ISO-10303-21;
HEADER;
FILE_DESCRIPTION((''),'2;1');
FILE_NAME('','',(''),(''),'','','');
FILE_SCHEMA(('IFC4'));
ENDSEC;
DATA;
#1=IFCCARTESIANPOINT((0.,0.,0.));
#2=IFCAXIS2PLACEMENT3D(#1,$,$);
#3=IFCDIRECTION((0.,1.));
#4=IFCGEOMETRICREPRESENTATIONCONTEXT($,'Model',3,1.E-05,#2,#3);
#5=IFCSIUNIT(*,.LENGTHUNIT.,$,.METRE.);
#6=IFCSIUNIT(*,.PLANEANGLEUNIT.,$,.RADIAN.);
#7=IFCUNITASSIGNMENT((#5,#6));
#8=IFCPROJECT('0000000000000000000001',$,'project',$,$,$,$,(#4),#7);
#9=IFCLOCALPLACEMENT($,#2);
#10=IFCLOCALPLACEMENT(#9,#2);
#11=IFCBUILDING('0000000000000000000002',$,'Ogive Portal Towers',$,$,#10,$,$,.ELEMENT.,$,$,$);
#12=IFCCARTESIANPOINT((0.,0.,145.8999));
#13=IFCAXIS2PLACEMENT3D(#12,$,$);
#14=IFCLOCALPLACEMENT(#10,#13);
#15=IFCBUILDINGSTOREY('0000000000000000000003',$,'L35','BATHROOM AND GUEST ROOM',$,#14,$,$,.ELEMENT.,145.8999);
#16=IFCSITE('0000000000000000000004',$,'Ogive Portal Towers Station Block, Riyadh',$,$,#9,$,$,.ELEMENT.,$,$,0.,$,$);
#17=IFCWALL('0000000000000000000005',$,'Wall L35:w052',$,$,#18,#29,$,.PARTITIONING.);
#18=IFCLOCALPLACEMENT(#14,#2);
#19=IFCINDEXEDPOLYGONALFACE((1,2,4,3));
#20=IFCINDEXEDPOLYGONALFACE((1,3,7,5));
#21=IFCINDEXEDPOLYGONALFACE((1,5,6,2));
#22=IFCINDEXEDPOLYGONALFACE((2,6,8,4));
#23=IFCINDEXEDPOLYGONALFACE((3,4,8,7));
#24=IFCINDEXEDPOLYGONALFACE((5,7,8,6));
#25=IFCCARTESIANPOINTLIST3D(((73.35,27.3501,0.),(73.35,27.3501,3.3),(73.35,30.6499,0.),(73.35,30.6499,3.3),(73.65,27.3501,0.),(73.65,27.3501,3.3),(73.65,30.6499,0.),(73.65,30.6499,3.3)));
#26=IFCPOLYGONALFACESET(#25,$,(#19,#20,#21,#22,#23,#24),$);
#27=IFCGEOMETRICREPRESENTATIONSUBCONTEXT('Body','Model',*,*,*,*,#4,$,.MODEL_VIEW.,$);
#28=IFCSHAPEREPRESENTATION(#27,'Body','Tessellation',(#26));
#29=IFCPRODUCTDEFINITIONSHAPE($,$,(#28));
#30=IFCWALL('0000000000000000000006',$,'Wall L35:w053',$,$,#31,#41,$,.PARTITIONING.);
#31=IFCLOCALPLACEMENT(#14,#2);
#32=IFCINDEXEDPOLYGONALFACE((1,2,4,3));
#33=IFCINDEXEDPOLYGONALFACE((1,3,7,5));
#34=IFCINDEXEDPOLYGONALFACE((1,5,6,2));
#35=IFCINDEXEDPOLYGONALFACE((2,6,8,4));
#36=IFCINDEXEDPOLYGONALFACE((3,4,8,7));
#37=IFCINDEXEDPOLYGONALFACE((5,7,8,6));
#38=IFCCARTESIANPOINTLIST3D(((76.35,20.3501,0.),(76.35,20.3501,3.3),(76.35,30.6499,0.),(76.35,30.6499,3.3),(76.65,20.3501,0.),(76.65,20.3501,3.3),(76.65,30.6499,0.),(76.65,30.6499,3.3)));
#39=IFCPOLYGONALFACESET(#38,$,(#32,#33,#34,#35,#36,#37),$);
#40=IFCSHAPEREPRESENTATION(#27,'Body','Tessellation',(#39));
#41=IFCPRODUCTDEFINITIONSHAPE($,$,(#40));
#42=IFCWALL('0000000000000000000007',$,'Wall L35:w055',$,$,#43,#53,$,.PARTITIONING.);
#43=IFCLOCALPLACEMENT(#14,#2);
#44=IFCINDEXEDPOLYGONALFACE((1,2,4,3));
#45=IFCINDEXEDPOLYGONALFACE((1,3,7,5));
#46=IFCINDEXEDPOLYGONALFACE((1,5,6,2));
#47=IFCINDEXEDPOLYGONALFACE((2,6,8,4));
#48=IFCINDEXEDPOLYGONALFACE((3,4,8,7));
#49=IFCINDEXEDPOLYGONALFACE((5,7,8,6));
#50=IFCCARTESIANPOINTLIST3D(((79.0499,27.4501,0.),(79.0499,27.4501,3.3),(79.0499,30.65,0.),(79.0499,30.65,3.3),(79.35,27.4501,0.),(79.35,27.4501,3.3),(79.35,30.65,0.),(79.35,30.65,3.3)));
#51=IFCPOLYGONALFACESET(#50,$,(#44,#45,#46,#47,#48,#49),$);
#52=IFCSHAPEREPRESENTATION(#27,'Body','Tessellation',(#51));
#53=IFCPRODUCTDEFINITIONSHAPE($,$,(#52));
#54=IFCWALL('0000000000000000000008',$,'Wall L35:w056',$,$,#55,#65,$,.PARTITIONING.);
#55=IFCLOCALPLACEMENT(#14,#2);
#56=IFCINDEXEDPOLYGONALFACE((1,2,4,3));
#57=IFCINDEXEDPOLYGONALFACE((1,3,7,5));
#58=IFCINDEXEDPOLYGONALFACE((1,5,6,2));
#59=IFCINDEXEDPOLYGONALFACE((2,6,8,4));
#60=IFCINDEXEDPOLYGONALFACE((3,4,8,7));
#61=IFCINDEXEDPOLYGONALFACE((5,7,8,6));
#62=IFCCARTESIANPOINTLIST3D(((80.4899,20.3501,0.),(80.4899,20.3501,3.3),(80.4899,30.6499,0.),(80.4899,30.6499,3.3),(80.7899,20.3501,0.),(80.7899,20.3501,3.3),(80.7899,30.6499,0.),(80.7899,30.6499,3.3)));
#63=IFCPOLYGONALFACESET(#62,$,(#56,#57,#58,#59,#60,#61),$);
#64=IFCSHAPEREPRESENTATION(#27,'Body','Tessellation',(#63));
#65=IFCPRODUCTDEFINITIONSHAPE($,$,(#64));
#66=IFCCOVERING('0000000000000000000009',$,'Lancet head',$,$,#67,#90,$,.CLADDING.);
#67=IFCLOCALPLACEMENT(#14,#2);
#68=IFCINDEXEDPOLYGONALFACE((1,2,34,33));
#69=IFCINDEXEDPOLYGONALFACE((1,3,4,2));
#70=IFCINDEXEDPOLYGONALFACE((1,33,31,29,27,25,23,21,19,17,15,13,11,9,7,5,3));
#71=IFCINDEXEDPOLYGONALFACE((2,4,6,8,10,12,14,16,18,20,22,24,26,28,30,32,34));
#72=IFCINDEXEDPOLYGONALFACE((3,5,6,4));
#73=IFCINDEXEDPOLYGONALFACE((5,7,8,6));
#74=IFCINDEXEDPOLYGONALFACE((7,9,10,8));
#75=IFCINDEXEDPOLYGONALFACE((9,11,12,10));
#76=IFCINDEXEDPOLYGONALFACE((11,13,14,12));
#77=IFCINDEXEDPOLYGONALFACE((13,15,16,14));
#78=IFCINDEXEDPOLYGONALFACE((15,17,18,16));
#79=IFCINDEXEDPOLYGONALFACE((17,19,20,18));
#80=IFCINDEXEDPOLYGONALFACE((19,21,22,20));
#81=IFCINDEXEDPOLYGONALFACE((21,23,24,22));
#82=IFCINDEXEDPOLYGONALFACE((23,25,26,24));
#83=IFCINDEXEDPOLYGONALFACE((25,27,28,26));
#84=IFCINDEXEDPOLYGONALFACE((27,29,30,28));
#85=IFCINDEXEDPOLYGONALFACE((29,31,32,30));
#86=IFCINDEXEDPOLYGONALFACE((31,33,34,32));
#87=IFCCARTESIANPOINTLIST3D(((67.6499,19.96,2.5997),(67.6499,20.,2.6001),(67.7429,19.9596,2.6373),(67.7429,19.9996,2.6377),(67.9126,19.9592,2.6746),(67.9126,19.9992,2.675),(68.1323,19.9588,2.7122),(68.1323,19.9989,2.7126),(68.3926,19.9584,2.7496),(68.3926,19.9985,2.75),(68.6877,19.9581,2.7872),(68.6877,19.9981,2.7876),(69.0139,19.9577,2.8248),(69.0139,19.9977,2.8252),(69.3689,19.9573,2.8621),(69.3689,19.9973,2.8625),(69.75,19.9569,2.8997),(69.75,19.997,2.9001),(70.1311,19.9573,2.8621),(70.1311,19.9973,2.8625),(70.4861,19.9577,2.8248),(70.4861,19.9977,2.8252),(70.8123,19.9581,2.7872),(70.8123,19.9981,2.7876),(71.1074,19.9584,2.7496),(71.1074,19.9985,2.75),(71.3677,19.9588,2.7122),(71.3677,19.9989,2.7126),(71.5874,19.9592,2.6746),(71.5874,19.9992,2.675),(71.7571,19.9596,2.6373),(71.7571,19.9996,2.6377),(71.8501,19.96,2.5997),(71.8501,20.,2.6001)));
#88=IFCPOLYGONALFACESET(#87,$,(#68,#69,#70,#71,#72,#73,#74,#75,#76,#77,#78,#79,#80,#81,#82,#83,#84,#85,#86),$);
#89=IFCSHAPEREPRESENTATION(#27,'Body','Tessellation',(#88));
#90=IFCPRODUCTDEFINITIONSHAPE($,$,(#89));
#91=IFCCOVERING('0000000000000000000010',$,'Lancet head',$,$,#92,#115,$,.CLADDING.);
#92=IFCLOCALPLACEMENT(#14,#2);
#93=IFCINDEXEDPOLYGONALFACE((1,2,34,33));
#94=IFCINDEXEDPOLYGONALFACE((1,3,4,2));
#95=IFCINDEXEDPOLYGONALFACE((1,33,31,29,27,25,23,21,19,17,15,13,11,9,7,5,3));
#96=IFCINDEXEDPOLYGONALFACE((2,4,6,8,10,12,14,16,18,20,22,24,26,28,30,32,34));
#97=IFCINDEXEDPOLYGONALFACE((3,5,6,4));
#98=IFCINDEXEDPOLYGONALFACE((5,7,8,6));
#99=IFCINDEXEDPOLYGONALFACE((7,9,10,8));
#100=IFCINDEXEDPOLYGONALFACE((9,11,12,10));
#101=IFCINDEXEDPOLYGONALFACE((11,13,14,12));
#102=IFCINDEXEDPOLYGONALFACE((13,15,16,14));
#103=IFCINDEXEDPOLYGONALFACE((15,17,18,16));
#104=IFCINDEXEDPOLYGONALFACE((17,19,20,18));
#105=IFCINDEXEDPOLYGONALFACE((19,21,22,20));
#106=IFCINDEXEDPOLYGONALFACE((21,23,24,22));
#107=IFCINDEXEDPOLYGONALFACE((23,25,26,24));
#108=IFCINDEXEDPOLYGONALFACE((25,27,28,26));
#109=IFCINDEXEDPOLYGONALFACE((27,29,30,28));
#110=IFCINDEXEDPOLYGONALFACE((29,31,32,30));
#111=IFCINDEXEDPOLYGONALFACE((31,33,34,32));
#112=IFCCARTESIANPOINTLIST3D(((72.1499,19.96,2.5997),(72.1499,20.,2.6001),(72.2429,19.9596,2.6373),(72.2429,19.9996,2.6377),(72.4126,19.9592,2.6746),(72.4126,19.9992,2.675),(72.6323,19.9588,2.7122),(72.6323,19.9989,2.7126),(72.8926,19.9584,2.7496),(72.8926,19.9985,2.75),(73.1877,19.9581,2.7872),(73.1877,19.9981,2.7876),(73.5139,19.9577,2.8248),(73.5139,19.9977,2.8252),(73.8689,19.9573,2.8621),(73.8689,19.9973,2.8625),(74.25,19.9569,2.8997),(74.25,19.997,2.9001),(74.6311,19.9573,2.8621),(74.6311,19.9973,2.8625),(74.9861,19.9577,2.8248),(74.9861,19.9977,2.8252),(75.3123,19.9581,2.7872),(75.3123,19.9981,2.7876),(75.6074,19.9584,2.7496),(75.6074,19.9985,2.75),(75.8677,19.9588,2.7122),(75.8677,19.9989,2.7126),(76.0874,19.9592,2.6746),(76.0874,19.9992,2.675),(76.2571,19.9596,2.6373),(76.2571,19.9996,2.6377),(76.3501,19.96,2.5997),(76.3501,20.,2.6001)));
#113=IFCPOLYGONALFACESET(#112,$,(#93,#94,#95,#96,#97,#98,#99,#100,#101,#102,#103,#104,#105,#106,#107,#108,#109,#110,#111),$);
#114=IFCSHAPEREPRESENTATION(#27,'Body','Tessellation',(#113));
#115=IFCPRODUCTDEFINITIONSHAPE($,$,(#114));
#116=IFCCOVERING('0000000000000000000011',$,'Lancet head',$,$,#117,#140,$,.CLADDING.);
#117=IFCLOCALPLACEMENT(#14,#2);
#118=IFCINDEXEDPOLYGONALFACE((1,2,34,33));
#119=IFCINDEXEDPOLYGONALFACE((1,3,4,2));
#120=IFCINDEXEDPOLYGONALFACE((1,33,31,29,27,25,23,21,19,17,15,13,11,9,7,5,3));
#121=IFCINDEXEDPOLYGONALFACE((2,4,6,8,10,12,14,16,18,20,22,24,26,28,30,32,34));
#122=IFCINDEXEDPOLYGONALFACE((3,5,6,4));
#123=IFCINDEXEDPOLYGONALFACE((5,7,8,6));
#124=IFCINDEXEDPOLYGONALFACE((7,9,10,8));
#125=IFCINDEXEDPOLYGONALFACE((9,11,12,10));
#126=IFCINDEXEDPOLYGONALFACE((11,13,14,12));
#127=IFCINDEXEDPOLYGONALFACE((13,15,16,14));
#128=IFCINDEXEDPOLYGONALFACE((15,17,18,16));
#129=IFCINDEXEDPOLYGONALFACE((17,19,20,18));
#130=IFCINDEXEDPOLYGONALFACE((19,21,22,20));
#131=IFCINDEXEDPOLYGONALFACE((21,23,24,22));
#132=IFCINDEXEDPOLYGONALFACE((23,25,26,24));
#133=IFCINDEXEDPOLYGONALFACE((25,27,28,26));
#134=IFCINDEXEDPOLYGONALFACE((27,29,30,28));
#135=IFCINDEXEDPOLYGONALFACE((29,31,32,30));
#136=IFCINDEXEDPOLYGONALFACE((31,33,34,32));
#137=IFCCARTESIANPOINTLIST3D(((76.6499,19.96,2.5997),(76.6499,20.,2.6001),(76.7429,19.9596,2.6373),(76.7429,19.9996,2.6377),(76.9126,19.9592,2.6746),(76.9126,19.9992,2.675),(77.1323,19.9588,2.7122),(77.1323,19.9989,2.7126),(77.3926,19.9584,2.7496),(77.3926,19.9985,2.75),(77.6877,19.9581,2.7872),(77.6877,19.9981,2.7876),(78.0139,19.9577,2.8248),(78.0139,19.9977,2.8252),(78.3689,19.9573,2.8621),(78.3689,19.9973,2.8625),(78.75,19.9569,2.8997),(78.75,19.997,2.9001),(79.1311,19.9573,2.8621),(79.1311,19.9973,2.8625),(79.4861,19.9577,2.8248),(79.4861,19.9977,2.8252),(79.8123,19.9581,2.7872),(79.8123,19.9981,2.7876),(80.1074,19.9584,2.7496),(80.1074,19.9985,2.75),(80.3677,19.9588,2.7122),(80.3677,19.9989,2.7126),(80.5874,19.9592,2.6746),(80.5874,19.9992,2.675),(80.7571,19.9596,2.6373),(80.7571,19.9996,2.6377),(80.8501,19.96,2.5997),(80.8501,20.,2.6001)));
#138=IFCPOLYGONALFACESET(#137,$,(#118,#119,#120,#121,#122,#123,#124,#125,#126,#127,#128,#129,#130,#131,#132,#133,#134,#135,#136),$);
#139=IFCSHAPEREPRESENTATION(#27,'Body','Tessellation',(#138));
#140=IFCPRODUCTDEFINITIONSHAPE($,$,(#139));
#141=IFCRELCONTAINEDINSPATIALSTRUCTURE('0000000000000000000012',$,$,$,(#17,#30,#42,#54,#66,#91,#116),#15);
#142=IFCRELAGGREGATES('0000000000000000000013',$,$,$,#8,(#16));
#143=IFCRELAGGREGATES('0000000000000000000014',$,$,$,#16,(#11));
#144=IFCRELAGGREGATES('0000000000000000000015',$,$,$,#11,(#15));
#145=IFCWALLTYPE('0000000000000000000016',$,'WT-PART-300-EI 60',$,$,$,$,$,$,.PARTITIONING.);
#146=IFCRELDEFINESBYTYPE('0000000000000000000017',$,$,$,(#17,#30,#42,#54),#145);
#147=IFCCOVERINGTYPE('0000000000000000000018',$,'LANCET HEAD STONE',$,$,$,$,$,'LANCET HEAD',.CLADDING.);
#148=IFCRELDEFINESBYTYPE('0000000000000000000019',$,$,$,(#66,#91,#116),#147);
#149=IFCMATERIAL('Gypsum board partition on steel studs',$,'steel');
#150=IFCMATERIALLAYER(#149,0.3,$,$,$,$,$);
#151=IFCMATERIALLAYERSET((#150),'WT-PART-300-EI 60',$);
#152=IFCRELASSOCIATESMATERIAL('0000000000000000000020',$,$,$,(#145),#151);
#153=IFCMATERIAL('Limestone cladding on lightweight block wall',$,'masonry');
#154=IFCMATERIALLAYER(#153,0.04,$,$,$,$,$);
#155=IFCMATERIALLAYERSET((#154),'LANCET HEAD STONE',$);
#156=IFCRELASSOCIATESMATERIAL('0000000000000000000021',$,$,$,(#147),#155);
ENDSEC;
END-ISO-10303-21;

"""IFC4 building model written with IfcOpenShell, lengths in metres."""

from ifc_helpers import new_model, si_unit, direction, frame, frame_2d, origin, place, context, subcontext, project, spatial, polyline, rectangle, outline, extrude, material, layer, layer_set, type_object, element, save


model = new_model("IFC4")

# Units and contexts
model_context = context("Model", 3, precision=1e-05, world=origin(), true_north=direction((0.0, 1.0)))
body_context = subcontext(model_context, "Body", "Model", "MODEL_VIEW")
ifc_project = project(units=[si_unit("LENGTHUNIT", "METRE"), si_unit("PLANEANGLEUNIT", "RADIAN")], contexts=[model_context])

# Site, building, storey
site_placement = place(None, origin())
site = spatial("IfcSite", under=ifc_project, at=site_placement, Name="Ogive Portal Towers Station Block, Riyadh", CompositionType="ELEMENT", RefElevation=0.0)
building_placement = place(site_placement, origin())
building = spatial("IfcBuilding", under=site, at=building_placement, Name="Ogive Portal Towers", CompositionType="ELEMENT")
storey_placement = place(building_placement, frame((0.0, 0.0, 145.8999)))
storey = spatial("IfcBuildingStorey", under=building, at=storey_placement, Name="L35", Description="BATHROOM AND GUEST ROOM", CompositionType="ELEMENT", Elevation=145.8999)

# Shared definitions
ifc_material_1 = material(Name="Gypsum board partition on steel studs", Category="steel")
ifc_layer_1 = layer(ifc_material_1, 0.3)
ifc_layer_set_1 = layer_set([ifc_layer_1], Name="WT-PART-300-EI 60")
wall_type = type_object("IfcWallType", Name="WT-PART-300-EI 60", PredefinedType="PARTITIONING", material=ifc_layer_set_1)

# Walls
for number, where, z_axis, x_axis, name in (
    (1, (73.5, 27.3501, 0.0), (0.0, 0.0, 1.0), (0.0, 1.0, 0.0), "Wall L35:w052"),
):
    element("IfcWall", number, at=place(storey_placement, frame(where, z_axis=z_axis, x_axis=x_axis)), inside=storey, type_object=wall_type, Name=name, PredefinedType="PARTITIONING", context=body_context, shape_type="SweptSolid", body=[
        extrude(rectangle(XDim=3.2998, YDim=0.3, at=frame_2d((1.6499, 0.0))), origin(), (0.0, 0.0, 1.0), 3.3),
    ])
wall_1_placement = place(storey_placement, frame((76.5, 20.3501, 0.0), z_axis=(0.0, 0.0, 1.0), x_axis=(0.0, 1.0, 0.0)))
element("IfcWall", 2, at=wall_1_placement, inside=storey, type_object=wall_type, Name="Wall L35:w053", PredefinedType="PARTITIONING", context=body_context, shape_type="SweptSolid", body=[
    extrude(rectangle(XDim=10.2998, YDim=0.3, at=frame_2d((5.1499, 0.0))), origin(), (0.0, 0.0, 1.0), 3.3),
])
wall_2_placement = place(storey_placement, frame((79.2, 27.45, 0.0), z_axis=(0.0, 0.0, 1.0), x_axis=(0.0, 1.0, 0.0)))
element("IfcWall", 3, at=wall_2_placement, inside=storey, type_object=wall_type, Name="Wall L35:w055", PredefinedType="PARTITIONING", context=body_context, shape_type="SweptSolid", body=[
    extrude(rectangle(XDim=3.2, YDim=0.3, at=frame_2d((1.6001, 0.0))), origin(), (0.0, 0.0, 1.0), 3.3),
])
wall_3_placement = place(storey_placement, frame((80.6399, 20.3501, 0.0), z_axis=(0.0, 0.0, 1.0), x_axis=(0.0, 1.0, 0.0)))
element("IfcWall", 4, at=wall_3_placement, inside=storey, type_object=wall_type, Name="Wall L35:w056", PredefinedType="PARTITIONING", context=body_context, shape_type="SweptSolid", body=[
    extrude(rectangle(XDim=10.2998, YDim=0.3, at=frame_2d((5.1499, 0.0))), origin(), (0.0, 0.0, 1.0), 3.3),
])

# Coverings
ifc_material_2 = material(Name="Limestone cladding on lightweight block wall", Category="masonry")
ifc_layer_2 = layer(ifc_material_2, 0.04)
ifc_layer_set_2 = layer_set([ifc_layer_2], Name="LANCET HEAD STONE")
covering_type = type_object("IfcCoveringType", Name="LANCET HEAD STONE", ElementType="LANCET HEAD", PredefinedType="CLADDING", material=ifc_layer_set_2)
for number, where, z_axis, x_axis, name in (
    (5, (67.6499, 20.0, 2.6001), (0.0, 0.999949, 0.010105), (1.0, 0.0, 0.0), "Lancet head"),
    (6, (72.1499, 20.0, 2.6001), (0.0, 0.999949, 0.010105), (1.0, 0.0, 0.0), "Lancet head"),
    (7, (76.6499, 20.0, 2.6001), (0.0, 0.999949, 0.010105), (1.0, 0.0, 0.0), "Lancet head"),
):
    element("IfcCovering", number, at=place(storey_placement, frame(where, z_axis=z_axis, x_axis=x_axis)), inside=storey, type_object=covering_type, Name=name, PredefinedType="CLADDING", context=body_context, shape_type="SweptSolid", body=[
        extrude(outline(polyline([(0.0, 0.0), (4.2002, 0.0), (4.1072, -0.0376), (3.9375, -0.075), (3.7178, -0.1126), (3.4575, -0.1499), (3.1624, -0.1875), (2.8362, -0.2251), (2.4812, -0.2625), (2.1001, -0.3001), (1.719, -0.2625), (1.364, -0.2251), (1.0378, -0.1875), (0.7427, -0.1499), (0.4824, -0.1126), (0.2627, -0.075), (0.093, -0.0376), (0.0, 0.0)])), origin(), (0.0, 0.0, -1.0), 0.04),
    ])

save(model, "model.ifc")
